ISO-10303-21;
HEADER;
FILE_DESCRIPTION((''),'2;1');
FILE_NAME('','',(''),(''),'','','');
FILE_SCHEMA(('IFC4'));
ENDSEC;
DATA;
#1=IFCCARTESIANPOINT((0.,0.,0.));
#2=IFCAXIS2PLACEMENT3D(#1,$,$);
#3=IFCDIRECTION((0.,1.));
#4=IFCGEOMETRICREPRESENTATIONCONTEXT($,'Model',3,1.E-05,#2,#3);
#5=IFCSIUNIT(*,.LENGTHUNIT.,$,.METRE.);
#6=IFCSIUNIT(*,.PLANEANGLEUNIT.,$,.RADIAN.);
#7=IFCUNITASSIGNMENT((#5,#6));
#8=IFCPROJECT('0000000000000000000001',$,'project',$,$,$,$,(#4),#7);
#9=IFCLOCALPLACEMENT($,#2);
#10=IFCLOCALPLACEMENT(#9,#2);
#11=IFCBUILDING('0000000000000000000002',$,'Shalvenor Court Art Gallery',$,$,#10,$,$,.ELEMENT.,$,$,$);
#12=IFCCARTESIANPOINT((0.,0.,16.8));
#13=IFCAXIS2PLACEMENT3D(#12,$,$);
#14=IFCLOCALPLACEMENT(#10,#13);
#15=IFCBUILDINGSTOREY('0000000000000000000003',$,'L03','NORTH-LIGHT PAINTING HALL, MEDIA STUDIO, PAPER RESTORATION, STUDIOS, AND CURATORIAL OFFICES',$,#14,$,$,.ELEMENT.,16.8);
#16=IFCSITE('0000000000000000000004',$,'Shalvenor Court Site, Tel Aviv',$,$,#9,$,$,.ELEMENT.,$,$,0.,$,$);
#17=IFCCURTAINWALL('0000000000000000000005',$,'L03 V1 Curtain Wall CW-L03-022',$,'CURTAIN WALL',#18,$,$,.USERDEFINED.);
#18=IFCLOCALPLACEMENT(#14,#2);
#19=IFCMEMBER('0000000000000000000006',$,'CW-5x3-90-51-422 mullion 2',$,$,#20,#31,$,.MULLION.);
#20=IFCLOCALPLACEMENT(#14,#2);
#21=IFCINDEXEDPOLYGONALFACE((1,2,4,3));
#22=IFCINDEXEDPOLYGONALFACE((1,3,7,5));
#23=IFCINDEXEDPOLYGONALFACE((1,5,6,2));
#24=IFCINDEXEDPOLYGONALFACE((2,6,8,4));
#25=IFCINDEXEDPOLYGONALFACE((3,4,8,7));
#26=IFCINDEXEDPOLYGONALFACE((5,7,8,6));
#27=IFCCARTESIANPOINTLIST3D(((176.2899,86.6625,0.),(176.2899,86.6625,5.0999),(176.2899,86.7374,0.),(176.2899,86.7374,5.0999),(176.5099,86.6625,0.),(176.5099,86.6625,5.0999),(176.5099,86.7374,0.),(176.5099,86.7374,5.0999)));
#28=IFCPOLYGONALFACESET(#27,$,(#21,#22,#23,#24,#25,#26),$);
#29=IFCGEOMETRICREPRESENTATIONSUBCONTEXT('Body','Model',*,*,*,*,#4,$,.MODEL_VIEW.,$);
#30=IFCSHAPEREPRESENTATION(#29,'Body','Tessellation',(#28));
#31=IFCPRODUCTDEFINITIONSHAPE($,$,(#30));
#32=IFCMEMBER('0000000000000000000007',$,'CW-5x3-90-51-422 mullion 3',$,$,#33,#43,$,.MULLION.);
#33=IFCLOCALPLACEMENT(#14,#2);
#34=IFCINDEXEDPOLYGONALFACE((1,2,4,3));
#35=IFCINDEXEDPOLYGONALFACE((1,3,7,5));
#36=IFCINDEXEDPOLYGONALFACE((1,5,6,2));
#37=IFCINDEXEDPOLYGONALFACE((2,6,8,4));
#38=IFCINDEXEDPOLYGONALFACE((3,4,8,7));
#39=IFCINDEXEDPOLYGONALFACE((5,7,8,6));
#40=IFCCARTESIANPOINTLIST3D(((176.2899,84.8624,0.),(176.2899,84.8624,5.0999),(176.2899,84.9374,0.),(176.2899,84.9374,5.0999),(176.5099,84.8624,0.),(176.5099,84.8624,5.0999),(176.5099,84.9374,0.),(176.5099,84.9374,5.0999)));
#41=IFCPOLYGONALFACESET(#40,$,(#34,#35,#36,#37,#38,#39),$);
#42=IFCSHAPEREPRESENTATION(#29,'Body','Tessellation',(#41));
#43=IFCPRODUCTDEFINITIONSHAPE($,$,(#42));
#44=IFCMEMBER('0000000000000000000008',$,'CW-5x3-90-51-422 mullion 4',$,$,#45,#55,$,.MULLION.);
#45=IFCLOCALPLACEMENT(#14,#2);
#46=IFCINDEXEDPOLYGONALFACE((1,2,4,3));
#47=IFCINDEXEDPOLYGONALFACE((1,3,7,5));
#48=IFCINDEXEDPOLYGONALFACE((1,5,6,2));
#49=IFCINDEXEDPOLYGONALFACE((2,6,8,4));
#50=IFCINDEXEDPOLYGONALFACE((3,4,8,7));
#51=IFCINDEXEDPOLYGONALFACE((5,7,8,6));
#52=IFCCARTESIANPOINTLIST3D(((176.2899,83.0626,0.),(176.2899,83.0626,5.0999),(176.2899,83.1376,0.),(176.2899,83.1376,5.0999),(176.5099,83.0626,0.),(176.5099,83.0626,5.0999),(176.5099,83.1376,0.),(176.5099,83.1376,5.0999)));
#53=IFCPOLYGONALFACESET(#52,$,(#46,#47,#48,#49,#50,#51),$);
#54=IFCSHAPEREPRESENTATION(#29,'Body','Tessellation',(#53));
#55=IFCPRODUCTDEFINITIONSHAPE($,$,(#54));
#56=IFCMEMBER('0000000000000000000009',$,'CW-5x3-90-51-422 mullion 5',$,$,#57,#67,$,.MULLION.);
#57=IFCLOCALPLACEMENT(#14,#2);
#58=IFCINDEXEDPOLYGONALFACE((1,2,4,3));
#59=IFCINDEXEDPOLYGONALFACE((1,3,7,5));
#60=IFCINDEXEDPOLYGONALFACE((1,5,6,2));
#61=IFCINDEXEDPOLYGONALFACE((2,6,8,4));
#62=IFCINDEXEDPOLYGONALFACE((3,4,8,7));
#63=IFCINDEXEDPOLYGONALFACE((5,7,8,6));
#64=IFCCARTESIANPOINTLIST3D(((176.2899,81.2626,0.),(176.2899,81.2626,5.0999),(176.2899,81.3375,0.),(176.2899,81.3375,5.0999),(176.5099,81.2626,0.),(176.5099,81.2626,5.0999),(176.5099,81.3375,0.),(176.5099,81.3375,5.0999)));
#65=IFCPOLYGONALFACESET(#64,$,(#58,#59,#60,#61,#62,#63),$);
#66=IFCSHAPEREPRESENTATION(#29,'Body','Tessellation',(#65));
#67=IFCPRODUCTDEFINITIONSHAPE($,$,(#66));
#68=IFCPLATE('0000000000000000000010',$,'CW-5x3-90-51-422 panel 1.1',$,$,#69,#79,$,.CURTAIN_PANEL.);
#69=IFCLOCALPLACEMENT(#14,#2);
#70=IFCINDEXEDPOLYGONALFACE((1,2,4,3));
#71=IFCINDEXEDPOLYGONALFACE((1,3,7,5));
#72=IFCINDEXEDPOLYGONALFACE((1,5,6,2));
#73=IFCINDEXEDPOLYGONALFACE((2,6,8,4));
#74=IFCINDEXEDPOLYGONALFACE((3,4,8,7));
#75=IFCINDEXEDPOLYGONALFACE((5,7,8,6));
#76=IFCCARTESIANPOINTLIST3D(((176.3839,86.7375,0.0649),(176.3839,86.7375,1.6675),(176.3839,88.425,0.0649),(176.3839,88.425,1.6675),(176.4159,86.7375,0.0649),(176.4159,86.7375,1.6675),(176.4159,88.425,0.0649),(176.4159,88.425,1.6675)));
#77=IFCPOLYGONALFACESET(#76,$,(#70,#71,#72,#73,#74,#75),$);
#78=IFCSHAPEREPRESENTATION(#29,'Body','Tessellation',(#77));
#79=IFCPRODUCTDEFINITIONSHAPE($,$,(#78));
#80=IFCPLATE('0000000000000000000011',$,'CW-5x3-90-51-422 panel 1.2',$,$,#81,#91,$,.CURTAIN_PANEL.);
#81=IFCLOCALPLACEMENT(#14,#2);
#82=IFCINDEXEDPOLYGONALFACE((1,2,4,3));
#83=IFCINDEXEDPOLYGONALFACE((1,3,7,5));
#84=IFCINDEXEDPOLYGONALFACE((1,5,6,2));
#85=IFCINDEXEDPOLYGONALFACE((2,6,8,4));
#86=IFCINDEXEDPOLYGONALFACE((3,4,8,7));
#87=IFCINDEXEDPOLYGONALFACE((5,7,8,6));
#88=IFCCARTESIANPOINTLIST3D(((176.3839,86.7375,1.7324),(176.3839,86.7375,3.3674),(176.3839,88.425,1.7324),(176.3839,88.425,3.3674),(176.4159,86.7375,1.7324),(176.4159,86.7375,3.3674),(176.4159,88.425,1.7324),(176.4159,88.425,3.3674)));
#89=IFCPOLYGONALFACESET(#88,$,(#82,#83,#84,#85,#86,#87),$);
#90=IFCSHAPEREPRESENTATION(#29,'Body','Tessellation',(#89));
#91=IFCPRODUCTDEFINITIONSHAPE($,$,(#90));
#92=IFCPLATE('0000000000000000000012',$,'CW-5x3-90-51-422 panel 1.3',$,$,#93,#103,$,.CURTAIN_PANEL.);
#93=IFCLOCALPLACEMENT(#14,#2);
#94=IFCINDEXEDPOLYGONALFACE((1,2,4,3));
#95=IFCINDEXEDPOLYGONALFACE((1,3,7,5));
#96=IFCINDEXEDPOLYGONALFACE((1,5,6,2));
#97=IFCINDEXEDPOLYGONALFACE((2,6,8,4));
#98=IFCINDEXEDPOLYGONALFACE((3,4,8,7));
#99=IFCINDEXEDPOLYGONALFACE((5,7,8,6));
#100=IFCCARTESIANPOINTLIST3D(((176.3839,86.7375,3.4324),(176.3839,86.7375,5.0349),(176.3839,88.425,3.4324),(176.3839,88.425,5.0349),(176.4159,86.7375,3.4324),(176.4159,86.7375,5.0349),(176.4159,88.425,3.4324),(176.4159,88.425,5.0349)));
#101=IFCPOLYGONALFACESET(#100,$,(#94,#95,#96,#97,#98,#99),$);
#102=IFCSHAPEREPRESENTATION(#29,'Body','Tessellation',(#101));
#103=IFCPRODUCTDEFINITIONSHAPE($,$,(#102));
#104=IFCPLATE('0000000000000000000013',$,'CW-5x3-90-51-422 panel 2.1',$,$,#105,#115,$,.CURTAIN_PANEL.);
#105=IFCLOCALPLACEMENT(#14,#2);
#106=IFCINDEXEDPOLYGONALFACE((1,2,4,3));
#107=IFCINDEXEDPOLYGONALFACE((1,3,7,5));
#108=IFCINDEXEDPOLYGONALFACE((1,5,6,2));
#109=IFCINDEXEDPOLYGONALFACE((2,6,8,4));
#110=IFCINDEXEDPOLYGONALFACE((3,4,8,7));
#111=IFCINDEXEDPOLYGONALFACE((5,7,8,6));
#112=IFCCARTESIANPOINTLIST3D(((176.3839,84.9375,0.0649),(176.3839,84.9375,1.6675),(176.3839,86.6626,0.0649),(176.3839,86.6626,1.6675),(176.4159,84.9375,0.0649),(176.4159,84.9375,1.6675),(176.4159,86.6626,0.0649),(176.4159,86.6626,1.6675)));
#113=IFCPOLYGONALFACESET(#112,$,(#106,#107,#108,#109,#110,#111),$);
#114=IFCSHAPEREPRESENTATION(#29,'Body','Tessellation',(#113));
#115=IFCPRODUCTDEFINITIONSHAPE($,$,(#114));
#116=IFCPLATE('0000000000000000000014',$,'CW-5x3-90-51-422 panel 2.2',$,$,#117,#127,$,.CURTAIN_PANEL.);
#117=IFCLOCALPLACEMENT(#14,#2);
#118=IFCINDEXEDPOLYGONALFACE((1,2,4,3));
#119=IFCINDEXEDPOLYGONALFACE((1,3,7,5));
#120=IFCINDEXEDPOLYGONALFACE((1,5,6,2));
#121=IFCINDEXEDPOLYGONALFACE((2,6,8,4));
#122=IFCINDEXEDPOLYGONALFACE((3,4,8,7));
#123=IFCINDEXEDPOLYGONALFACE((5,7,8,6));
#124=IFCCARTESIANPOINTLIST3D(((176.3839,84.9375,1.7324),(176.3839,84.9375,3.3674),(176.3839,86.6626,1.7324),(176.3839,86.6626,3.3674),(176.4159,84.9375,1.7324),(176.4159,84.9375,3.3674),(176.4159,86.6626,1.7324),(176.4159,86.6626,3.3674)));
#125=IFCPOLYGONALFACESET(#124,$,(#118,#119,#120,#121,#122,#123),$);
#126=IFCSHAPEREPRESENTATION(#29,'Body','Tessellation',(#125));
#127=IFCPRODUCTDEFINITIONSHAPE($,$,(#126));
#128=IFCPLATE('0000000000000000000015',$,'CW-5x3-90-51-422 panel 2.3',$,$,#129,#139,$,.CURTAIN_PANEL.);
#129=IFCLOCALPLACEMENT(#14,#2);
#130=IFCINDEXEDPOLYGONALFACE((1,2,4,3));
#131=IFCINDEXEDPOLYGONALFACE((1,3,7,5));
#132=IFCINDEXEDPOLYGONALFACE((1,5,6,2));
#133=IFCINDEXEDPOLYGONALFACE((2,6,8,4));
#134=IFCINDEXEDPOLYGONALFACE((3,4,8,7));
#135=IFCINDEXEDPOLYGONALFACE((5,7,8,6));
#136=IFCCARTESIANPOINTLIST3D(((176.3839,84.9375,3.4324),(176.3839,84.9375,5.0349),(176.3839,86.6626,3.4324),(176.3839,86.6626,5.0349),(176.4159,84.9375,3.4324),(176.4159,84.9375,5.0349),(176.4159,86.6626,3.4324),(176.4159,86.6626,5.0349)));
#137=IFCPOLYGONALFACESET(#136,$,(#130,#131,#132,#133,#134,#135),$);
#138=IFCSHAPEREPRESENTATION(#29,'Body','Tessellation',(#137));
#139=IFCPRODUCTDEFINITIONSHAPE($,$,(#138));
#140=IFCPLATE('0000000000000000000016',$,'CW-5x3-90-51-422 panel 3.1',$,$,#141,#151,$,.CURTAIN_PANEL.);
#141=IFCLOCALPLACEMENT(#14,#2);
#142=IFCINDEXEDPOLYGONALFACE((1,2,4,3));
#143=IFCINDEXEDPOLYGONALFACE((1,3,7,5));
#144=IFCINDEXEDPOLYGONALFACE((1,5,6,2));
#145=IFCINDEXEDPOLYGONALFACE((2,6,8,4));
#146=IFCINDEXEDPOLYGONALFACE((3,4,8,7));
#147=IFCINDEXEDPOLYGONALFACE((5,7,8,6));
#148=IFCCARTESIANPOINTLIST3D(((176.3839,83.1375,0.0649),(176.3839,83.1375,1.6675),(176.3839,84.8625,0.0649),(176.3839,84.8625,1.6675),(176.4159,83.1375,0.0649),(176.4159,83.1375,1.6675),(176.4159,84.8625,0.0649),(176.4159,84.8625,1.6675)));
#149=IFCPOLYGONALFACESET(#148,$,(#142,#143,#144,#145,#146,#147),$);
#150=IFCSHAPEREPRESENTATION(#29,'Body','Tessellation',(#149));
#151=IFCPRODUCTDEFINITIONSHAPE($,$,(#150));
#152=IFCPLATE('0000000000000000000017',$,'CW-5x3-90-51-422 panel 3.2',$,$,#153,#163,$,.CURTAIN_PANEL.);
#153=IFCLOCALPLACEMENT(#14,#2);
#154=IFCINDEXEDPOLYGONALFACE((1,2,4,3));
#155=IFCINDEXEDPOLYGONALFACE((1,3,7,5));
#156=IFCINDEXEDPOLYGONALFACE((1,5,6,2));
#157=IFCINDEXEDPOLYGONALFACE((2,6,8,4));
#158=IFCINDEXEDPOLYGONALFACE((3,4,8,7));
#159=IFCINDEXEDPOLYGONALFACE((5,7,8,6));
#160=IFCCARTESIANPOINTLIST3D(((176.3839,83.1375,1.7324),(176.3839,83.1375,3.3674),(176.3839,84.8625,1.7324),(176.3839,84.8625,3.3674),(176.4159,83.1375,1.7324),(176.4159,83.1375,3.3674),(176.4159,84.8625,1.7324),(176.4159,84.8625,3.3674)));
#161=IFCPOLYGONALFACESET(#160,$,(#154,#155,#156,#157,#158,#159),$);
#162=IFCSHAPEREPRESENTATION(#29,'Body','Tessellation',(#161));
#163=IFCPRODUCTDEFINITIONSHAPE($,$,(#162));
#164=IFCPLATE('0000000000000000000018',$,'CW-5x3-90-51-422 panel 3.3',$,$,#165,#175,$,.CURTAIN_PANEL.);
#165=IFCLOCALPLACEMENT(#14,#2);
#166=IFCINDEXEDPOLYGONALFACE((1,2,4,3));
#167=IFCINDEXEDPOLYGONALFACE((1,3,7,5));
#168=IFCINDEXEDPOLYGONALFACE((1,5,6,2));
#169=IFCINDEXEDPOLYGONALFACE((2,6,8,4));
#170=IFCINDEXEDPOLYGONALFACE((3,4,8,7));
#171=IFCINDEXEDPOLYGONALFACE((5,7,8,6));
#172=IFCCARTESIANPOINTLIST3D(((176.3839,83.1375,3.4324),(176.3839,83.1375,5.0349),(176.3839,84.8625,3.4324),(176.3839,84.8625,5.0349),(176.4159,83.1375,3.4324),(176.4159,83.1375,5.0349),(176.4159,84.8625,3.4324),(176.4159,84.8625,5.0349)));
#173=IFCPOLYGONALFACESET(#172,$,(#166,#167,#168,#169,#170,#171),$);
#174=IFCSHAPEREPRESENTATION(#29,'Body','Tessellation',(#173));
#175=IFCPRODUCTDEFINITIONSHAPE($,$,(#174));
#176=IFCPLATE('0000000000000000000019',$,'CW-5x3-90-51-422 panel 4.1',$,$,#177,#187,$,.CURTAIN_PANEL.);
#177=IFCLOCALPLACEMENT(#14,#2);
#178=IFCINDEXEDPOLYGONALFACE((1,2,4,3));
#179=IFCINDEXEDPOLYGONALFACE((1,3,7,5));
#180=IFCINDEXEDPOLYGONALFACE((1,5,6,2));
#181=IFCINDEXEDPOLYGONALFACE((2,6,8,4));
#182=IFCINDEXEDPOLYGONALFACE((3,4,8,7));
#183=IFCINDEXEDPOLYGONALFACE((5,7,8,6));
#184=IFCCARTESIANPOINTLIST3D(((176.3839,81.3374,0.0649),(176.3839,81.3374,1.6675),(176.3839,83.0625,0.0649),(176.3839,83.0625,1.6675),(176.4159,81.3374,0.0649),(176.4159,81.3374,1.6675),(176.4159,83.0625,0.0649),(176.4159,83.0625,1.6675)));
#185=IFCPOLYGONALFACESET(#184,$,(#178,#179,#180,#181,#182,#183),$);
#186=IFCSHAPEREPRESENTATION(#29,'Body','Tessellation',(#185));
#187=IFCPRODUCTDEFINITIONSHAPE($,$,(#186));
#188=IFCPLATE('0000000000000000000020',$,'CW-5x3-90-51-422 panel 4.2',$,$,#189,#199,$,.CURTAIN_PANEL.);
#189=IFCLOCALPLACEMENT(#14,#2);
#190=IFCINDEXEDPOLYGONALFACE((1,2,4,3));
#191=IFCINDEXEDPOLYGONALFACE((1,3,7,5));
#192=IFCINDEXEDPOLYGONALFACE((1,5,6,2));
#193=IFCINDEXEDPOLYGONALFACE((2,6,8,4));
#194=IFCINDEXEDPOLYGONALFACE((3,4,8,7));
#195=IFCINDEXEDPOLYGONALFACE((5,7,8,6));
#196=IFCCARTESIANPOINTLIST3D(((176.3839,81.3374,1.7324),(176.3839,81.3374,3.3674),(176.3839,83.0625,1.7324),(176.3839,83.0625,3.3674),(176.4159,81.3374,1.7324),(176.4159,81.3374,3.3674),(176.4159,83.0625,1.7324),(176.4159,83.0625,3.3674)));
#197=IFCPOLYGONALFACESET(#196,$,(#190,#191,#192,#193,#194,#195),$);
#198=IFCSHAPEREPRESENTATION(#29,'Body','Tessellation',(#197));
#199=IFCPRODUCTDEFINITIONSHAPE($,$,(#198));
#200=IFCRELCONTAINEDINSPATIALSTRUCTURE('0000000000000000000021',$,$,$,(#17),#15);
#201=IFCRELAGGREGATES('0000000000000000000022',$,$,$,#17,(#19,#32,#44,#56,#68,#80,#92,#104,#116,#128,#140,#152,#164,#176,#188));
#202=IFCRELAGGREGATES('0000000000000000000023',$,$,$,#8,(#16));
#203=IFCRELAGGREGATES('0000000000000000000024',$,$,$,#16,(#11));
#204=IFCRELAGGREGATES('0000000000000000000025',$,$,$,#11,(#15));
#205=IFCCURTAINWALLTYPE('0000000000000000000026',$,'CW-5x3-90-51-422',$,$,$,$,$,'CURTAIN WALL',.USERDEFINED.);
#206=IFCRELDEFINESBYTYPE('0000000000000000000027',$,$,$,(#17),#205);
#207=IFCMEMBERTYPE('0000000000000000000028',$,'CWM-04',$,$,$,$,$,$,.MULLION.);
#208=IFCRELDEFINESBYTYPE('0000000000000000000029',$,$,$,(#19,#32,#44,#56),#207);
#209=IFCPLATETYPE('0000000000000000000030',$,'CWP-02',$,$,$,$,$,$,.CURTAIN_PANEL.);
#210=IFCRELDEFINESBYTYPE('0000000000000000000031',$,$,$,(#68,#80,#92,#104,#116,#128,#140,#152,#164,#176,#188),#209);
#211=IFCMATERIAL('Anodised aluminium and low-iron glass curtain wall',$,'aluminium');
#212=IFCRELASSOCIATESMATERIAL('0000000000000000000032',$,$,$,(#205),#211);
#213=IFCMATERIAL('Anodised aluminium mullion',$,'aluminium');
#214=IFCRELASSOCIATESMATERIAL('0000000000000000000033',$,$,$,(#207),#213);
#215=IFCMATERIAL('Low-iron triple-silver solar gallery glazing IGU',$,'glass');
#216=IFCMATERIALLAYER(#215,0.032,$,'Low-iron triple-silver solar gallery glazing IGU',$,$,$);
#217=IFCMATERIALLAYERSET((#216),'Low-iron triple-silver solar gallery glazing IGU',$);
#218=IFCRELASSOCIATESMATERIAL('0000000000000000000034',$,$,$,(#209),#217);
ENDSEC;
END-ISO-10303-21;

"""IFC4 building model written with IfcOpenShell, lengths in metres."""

from ifc_helpers import new_model, si_unit, direction, frame, origin, origin_2d, place, context, subcontext, project, spatial, rectangle, extrude, material, layer, layer_set, material_profile, profile_set, type_object, element, aggregate, save


model = new_model("IFC4")

# Units and contexts
model_context = context("Model", 3, precision=1e-05, world=origin(), true_north=direction((0.0, 1.0)))
body_context = subcontext(model_context, "Body", "Model", "MODEL_VIEW")
ifc_project = project(units=[si_unit("LENGTHUNIT", "METRE"), si_unit("PLANEANGLEUNIT", "RADIAN")], contexts=[model_context])

# Site, building, storey
site_placement = place(None, origin())
site = spatial("IfcSite", under=ifc_project, at=site_placement, Name="Shalvenor Court Site, Tel Aviv", CompositionType="ELEMENT", RefElevation=0.0)
building_placement = place(site_placement, origin())
building = spatial("IfcBuilding", under=site, at=building_placement, Name="Shalvenor Court Art Gallery", CompositionType="ELEMENT")
storey_placement = place(building_placement, frame((0.0, 0.0, 16.8)))
storey = spatial("IfcBuildingStorey", under=building, at=storey_placement, Name="L03", Description="NORTH-LIGHT PAINTING HALL, MEDIA STUDIO, PAPER RESTORATION, STUDIOS, AND CURATORIAL OFFICES", CompositionType="ELEMENT", Elevation=16.8)

# Curtain wall, members, plates
ifc_material_1 = material(Name="Anodised aluminium and low-iron glass curtain wall", Category="aluminium")
curtain_wall_type = type_object("IfcCurtainWallType", Name="CW-5x3-90-51-422", ElementType="CURTAIN WALL", PredefinedType="USERDEFINED", material=ifc_material_1)
curtain_wall_placement = place(storey_placement, origin())
curtain_wall = element("IfcCurtainWall", 1, at=curtain_wall_placement, inside=storey, type_object=curtain_wall_type, Name="L03 V1 Curtain Wall CW-L03-022", ObjectType="CURTAIN WALL", PredefinedType="USERDEFINED")
ifc_material_2 = material(Name="Anodised aluminium mullion", Category="aluminium")
ifc_material_profile = material_profile(ifc_material_2, rectangle(XDim=0.075, YDim=0.22, at=origin_2d()), Name="CWM-04")
ifc_profile_set = profile_set([ifc_material_profile], Name="Anodised aluminium mullion")
member_type = type_object("IfcMemberType", Name="CWM-04", PredefinedType="MULLION", material=ifc_profile_set)
member_1_placement = place(storey_placement, frame((176.3999, 86.7, 0.0), z_axis=(0.0, 0.0, 1.0), x_axis=(0.0, -1.0, 0.0)))
member_1 = element("IfcMember", 2, at=member_1_placement, type_object=member_type, Name="CW-5x3-90-51-422 mullion 2", PredefinedType="MULLION", context=body_context, shape_type="SweptSolid", body=[
    extrude(rectangle(XDim=0.075, YDim=0.22, at=origin_2d()), origin(), (0.0, 0.0, 1.0), 5.0999),
])
member_2_placement = place(storey_placement, frame((176.3999, 84.8999, 0.0), z_axis=(0.0, 0.0, 1.0), x_axis=(0.0, -1.0, 0.0)))
member_2 = element("IfcMember", 3, at=member_2_placement, type_object=member_type, Name="CW-5x3-90-51-422 mullion 3", PredefinedType="MULLION", context=body_context, shape_type="SweptSolid", body=[
    extrude(rectangle(XDim=0.075, YDim=0.22, at=origin_2d()), origin(), (0.0, 0.0, 1.0), 5.0999),
])
member_3_placement = place(storey_placement, frame((176.3999, 83.1001, 0.0), z_axis=(0.0, 0.0, 1.0), x_axis=(0.0, -1.0, 0.0)))
member_3 = element("IfcMember", 4, at=member_3_placement, type_object=member_type, Name="CW-5x3-90-51-422 mullion 4", PredefinedType="MULLION", context=body_context, shape_type="SweptSolid", body=[
    extrude(rectangle(XDim=0.075, YDim=0.22, at=origin_2d()), origin(), (0.0, 0.0, 1.0), 5.0999),
])
member_4_placement = place(storey_placement, frame((176.3999, 81.3, 0.0), z_axis=(0.0, 0.0, 1.0), x_axis=(0.0, -1.0, 0.0)))
member_4 = element("IfcMember", 5, at=member_4_placement, type_object=member_type, Name="CW-5x3-90-51-422 mullion 5", PredefinedType="MULLION", context=body_context, shape_type="SweptSolid", body=[
    extrude(rectangle(XDim=0.075, YDim=0.22, at=origin_2d()), origin(), (0.0, 0.0, 1.0), 5.0999),
])
ifc_material_3 = material(Name="Low-iron triple-silver solar gallery glazing IGU", Category="glass")
ifc_layer_1 = layer(ifc_material_3, 0.032, Name="Low-iron triple-silver solar gallery glazing IGU")
ifc_layer_set_1 = layer_set([ifc_layer_1], Name="Low-iron triple-silver solar gallery glazing IGU")
plate_type_1 = type_object("IfcPlateType", Name="CWP-02", PredefinedType="CURTAIN_PANEL", material=ifc_layer_set_1)
plate_1_placement = place(storey_placement, frame((176.3999, 87.5813, 0.0649), z_axis=(0.0, 0.0, 1.0), x_axis=(0.0, -1.0, 0.0)))
plate_1 = element("IfcPlate", 6, at=plate_1_placement, type_object=plate_type_1, Name="CW-5x3-90-51-422 panel 1.1", PredefinedType="CURTAIN_PANEL", context=body_context, shape_type="SweptSolid", body=[
    extrude(rectangle(XDim=1.6875, YDim=0.032, at=origin_2d()), origin(), (0.0, 0.0, 1.0), 1.6025),
])
plate_2_placement = place(storey_placement, frame((176.3999, 87.5813, 1.7324), z_axis=(0.0, 0.0, 1.0), x_axis=(0.0, -1.0, 0.0)))
plate_2 = element("IfcPlate", 7, at=plate_2_placement, type_object=plate_type_1, Name="CW-5x3-90-51-422 panel 1.2", PredefinedType="CURTAIN_PANEL", context=body_context, shape_type="SweptSolid", body=[
    extrude(rectangle(XDim=1.6875, YDim=0.032, at=origin_2d()), origin(), (0.0, 0.0, 1.0), 1.635),
])
plate_3_placement = place(storey_placement, frame((176.3999, 87.5813, 3.4324), z_axis=(0.0, 0.0, 1.0), x_axis=(0.0, -1.0, 0.0)))
plate_3 = element("IfcPlate", 8, at=plate_3_placement, type_object=plate_type_1, Name="CW-5x3-90-51-422 panel 1.3", PredefinedType="CURTAIN_PANEL", context=body_context, shape_type="SweptSolid", body=[
    extrude(rectangle(XDim=1.6875, YDim=0.032, at=origin_2d()), origin(), (0.0, 0.0, 1.0), 1.6025),
])
plate_4_placement = place(storey_placement, frame((176.3999, 85.8, 0.0649), z_axis=(0.0, 0.0, 1.0), x_axis=(0.0, -1.0, 0.0)))
plate_4 = element("IfcPlate", 9, at=plate_4_placement, type_object=plate_type_1, Name="CW-5x3-90-51-422 panel 2.1", PredefinedType="CURTAIN_PANEL", context=body_context, shape_type="SweptSolid", body=[
    extrude(rectangle(XDim=1.7251, YDim=0.032, at=origin_2d()), origin(), (0.0, 0.0, 1.0), 1.6025),
])
plate_5_placement = place(storey_placement, frame((176.3999, 85.8, 1.7324), z_axis=(0.0, 0.0, 1.0), x_axis=(0.0, -1.0, 0.0)))
plate_5 = element("IfcPlate", 10, at=plate_5_placement, type_object=plate_type_1, Name="CW-5x3-90-51-422 panel 2.2", PredefinedType="CURTAIN_PANEL", context=body_context, shape_type="SweptSolid", body=[
    extrude(rectangle(XDim=1.7251, YDim=0.032, at=origin_2d()), origin(), (0.0, 0.0, 1.0), 1.635),
])
plate_6_placement = place(storey_placement, frame((176.3999, 85.8, 3.4324), z_axis=(0.0, 0.0, 1.0), x_axis=(0.0, -1.0, 0.0)))
plate_6 = element("IfcPlate", 11, at=plate_6_placement, type_object=plate_type_1, Name="CW-5x3-90-51-422 panel 2.3", PredefinedType="CURTAIN_PANEL", context=body_context, shape_type="SweptSolid", body=[
    extrude(rectangle(XDim=1.7251, YDim=0.032, at=origin_2d()), origin(), (0.0, 0.0, 1.0), 1.6025),
])
plate_7_placement = place(storey_placement, frame((176.3999, 84.0, 0.0649), z_axis=(0.0, 0.0, 1.0), x_axis=(0.0, -1.0, 0.0)))
plate_7 = element("IfcPlate", 12, at=plate_7_placement, type_object=plate_type_1, Name="CW-5x3-90-51-422 panel 3.1", PredefinedType="CURTAIN_PANEL", context=body_context, shape_type="SweptSolid", body=[
    extrude(rectangle(XDim=1.7251, YDim=0.032, at=origin_2d()), origin(), (0.0, 0.0, 1.0), 1.6025),
])
plate_8_placement = place(storey_placement, frame((176.3999, 84.0, 1.7324), z_axis=(0.0, 0.0, 1.0), x_axis=(0.0, -1.0, 0.0)))
plate_8 = element("IfcPlate", 13, at=plate_8_placement, type_object=plate_type_1, Name="CW-5x3-90-51-422 panel 3.2", PredefinedType="CURTAIN_PANEL", context=body_context, shape_type="SweptSolid", body=[
    extrude(rectangle(XDim=1.7251, YDim=0.032, at=origin_2d()), origin(), (0.0, 0.0, 1.0), 1.635),
])
plate_9_placement = place(storey_placement, frame((176.3999, 84.0, 3.4324), z_axis=(0.0, 0.0, 1.0), x_axis=(0.0, -1.0, 0.0)))
plate_9 = element("IfcPlate", 14, at=plate_9_placement, type_object=plate_type_1, Name="CW-5x3-90-51-422 panel 3.3", PredefinedType="CURTAIN_PANEL", context=body_context, shape_type="SweptSolid", body=[
    extrude(rectangle(XDim=1.7251, YDim=0.032, at=origin_2d()), origin(), (0.0, 0.0, 1.0), 1.6025),
])
plate_10_placement = place(storey_placement, frame((176.3999, 82.2, 0.0649), z_axis=(0.0, 0.0, 1.0), x_axis=(0.0, -1.0, 0.0)))
plate_10 = element("IfcPlate", 15, at=plate_10_placement, type_object=plate_type_1, Name="CW-5x3-90-51-422 panel 4.1", PredefinedType="CURTAIN_PANEL", context=body_context, shape_type="SweptSolid", body=[
    extrude(rectangle(XDim=1.7251, YDim=0.032, at=origin_2d()), origin(), (0.0, 0.0, 1.0), 1.6025),
])
plate_11_placement = place(storey_placement, frame((176.3999, 82.2, 1.7324), z_axis=(0.0, 0.0, 1.0), x_axis=(0.0, -1.0, 0.0)))
plate_11 = element("IfcPlate", 16, at=plate_11_placement, type_object=plate_type_1, Name="CW-5x3-90-51-422 panel 4.2", PredefinedType="CURTAIN_PANEL", context=body_context, shape_type="SweptSolid", body=[
    extrude(rectangle(XDim=1.7251, YDim=0.032, at=origin_2d()), origin(), (0.0, 0.0, 1.0), 1.635),
])
aggregate(curtain_wall, [member_1, member_2, member_3, member_4, plate_1, plate_2, plate_3, plate_4, plate_5, plate_6, plate_7, plate_8, plate_9, plate_10, plate_11])

save(model, "model.ifc")
